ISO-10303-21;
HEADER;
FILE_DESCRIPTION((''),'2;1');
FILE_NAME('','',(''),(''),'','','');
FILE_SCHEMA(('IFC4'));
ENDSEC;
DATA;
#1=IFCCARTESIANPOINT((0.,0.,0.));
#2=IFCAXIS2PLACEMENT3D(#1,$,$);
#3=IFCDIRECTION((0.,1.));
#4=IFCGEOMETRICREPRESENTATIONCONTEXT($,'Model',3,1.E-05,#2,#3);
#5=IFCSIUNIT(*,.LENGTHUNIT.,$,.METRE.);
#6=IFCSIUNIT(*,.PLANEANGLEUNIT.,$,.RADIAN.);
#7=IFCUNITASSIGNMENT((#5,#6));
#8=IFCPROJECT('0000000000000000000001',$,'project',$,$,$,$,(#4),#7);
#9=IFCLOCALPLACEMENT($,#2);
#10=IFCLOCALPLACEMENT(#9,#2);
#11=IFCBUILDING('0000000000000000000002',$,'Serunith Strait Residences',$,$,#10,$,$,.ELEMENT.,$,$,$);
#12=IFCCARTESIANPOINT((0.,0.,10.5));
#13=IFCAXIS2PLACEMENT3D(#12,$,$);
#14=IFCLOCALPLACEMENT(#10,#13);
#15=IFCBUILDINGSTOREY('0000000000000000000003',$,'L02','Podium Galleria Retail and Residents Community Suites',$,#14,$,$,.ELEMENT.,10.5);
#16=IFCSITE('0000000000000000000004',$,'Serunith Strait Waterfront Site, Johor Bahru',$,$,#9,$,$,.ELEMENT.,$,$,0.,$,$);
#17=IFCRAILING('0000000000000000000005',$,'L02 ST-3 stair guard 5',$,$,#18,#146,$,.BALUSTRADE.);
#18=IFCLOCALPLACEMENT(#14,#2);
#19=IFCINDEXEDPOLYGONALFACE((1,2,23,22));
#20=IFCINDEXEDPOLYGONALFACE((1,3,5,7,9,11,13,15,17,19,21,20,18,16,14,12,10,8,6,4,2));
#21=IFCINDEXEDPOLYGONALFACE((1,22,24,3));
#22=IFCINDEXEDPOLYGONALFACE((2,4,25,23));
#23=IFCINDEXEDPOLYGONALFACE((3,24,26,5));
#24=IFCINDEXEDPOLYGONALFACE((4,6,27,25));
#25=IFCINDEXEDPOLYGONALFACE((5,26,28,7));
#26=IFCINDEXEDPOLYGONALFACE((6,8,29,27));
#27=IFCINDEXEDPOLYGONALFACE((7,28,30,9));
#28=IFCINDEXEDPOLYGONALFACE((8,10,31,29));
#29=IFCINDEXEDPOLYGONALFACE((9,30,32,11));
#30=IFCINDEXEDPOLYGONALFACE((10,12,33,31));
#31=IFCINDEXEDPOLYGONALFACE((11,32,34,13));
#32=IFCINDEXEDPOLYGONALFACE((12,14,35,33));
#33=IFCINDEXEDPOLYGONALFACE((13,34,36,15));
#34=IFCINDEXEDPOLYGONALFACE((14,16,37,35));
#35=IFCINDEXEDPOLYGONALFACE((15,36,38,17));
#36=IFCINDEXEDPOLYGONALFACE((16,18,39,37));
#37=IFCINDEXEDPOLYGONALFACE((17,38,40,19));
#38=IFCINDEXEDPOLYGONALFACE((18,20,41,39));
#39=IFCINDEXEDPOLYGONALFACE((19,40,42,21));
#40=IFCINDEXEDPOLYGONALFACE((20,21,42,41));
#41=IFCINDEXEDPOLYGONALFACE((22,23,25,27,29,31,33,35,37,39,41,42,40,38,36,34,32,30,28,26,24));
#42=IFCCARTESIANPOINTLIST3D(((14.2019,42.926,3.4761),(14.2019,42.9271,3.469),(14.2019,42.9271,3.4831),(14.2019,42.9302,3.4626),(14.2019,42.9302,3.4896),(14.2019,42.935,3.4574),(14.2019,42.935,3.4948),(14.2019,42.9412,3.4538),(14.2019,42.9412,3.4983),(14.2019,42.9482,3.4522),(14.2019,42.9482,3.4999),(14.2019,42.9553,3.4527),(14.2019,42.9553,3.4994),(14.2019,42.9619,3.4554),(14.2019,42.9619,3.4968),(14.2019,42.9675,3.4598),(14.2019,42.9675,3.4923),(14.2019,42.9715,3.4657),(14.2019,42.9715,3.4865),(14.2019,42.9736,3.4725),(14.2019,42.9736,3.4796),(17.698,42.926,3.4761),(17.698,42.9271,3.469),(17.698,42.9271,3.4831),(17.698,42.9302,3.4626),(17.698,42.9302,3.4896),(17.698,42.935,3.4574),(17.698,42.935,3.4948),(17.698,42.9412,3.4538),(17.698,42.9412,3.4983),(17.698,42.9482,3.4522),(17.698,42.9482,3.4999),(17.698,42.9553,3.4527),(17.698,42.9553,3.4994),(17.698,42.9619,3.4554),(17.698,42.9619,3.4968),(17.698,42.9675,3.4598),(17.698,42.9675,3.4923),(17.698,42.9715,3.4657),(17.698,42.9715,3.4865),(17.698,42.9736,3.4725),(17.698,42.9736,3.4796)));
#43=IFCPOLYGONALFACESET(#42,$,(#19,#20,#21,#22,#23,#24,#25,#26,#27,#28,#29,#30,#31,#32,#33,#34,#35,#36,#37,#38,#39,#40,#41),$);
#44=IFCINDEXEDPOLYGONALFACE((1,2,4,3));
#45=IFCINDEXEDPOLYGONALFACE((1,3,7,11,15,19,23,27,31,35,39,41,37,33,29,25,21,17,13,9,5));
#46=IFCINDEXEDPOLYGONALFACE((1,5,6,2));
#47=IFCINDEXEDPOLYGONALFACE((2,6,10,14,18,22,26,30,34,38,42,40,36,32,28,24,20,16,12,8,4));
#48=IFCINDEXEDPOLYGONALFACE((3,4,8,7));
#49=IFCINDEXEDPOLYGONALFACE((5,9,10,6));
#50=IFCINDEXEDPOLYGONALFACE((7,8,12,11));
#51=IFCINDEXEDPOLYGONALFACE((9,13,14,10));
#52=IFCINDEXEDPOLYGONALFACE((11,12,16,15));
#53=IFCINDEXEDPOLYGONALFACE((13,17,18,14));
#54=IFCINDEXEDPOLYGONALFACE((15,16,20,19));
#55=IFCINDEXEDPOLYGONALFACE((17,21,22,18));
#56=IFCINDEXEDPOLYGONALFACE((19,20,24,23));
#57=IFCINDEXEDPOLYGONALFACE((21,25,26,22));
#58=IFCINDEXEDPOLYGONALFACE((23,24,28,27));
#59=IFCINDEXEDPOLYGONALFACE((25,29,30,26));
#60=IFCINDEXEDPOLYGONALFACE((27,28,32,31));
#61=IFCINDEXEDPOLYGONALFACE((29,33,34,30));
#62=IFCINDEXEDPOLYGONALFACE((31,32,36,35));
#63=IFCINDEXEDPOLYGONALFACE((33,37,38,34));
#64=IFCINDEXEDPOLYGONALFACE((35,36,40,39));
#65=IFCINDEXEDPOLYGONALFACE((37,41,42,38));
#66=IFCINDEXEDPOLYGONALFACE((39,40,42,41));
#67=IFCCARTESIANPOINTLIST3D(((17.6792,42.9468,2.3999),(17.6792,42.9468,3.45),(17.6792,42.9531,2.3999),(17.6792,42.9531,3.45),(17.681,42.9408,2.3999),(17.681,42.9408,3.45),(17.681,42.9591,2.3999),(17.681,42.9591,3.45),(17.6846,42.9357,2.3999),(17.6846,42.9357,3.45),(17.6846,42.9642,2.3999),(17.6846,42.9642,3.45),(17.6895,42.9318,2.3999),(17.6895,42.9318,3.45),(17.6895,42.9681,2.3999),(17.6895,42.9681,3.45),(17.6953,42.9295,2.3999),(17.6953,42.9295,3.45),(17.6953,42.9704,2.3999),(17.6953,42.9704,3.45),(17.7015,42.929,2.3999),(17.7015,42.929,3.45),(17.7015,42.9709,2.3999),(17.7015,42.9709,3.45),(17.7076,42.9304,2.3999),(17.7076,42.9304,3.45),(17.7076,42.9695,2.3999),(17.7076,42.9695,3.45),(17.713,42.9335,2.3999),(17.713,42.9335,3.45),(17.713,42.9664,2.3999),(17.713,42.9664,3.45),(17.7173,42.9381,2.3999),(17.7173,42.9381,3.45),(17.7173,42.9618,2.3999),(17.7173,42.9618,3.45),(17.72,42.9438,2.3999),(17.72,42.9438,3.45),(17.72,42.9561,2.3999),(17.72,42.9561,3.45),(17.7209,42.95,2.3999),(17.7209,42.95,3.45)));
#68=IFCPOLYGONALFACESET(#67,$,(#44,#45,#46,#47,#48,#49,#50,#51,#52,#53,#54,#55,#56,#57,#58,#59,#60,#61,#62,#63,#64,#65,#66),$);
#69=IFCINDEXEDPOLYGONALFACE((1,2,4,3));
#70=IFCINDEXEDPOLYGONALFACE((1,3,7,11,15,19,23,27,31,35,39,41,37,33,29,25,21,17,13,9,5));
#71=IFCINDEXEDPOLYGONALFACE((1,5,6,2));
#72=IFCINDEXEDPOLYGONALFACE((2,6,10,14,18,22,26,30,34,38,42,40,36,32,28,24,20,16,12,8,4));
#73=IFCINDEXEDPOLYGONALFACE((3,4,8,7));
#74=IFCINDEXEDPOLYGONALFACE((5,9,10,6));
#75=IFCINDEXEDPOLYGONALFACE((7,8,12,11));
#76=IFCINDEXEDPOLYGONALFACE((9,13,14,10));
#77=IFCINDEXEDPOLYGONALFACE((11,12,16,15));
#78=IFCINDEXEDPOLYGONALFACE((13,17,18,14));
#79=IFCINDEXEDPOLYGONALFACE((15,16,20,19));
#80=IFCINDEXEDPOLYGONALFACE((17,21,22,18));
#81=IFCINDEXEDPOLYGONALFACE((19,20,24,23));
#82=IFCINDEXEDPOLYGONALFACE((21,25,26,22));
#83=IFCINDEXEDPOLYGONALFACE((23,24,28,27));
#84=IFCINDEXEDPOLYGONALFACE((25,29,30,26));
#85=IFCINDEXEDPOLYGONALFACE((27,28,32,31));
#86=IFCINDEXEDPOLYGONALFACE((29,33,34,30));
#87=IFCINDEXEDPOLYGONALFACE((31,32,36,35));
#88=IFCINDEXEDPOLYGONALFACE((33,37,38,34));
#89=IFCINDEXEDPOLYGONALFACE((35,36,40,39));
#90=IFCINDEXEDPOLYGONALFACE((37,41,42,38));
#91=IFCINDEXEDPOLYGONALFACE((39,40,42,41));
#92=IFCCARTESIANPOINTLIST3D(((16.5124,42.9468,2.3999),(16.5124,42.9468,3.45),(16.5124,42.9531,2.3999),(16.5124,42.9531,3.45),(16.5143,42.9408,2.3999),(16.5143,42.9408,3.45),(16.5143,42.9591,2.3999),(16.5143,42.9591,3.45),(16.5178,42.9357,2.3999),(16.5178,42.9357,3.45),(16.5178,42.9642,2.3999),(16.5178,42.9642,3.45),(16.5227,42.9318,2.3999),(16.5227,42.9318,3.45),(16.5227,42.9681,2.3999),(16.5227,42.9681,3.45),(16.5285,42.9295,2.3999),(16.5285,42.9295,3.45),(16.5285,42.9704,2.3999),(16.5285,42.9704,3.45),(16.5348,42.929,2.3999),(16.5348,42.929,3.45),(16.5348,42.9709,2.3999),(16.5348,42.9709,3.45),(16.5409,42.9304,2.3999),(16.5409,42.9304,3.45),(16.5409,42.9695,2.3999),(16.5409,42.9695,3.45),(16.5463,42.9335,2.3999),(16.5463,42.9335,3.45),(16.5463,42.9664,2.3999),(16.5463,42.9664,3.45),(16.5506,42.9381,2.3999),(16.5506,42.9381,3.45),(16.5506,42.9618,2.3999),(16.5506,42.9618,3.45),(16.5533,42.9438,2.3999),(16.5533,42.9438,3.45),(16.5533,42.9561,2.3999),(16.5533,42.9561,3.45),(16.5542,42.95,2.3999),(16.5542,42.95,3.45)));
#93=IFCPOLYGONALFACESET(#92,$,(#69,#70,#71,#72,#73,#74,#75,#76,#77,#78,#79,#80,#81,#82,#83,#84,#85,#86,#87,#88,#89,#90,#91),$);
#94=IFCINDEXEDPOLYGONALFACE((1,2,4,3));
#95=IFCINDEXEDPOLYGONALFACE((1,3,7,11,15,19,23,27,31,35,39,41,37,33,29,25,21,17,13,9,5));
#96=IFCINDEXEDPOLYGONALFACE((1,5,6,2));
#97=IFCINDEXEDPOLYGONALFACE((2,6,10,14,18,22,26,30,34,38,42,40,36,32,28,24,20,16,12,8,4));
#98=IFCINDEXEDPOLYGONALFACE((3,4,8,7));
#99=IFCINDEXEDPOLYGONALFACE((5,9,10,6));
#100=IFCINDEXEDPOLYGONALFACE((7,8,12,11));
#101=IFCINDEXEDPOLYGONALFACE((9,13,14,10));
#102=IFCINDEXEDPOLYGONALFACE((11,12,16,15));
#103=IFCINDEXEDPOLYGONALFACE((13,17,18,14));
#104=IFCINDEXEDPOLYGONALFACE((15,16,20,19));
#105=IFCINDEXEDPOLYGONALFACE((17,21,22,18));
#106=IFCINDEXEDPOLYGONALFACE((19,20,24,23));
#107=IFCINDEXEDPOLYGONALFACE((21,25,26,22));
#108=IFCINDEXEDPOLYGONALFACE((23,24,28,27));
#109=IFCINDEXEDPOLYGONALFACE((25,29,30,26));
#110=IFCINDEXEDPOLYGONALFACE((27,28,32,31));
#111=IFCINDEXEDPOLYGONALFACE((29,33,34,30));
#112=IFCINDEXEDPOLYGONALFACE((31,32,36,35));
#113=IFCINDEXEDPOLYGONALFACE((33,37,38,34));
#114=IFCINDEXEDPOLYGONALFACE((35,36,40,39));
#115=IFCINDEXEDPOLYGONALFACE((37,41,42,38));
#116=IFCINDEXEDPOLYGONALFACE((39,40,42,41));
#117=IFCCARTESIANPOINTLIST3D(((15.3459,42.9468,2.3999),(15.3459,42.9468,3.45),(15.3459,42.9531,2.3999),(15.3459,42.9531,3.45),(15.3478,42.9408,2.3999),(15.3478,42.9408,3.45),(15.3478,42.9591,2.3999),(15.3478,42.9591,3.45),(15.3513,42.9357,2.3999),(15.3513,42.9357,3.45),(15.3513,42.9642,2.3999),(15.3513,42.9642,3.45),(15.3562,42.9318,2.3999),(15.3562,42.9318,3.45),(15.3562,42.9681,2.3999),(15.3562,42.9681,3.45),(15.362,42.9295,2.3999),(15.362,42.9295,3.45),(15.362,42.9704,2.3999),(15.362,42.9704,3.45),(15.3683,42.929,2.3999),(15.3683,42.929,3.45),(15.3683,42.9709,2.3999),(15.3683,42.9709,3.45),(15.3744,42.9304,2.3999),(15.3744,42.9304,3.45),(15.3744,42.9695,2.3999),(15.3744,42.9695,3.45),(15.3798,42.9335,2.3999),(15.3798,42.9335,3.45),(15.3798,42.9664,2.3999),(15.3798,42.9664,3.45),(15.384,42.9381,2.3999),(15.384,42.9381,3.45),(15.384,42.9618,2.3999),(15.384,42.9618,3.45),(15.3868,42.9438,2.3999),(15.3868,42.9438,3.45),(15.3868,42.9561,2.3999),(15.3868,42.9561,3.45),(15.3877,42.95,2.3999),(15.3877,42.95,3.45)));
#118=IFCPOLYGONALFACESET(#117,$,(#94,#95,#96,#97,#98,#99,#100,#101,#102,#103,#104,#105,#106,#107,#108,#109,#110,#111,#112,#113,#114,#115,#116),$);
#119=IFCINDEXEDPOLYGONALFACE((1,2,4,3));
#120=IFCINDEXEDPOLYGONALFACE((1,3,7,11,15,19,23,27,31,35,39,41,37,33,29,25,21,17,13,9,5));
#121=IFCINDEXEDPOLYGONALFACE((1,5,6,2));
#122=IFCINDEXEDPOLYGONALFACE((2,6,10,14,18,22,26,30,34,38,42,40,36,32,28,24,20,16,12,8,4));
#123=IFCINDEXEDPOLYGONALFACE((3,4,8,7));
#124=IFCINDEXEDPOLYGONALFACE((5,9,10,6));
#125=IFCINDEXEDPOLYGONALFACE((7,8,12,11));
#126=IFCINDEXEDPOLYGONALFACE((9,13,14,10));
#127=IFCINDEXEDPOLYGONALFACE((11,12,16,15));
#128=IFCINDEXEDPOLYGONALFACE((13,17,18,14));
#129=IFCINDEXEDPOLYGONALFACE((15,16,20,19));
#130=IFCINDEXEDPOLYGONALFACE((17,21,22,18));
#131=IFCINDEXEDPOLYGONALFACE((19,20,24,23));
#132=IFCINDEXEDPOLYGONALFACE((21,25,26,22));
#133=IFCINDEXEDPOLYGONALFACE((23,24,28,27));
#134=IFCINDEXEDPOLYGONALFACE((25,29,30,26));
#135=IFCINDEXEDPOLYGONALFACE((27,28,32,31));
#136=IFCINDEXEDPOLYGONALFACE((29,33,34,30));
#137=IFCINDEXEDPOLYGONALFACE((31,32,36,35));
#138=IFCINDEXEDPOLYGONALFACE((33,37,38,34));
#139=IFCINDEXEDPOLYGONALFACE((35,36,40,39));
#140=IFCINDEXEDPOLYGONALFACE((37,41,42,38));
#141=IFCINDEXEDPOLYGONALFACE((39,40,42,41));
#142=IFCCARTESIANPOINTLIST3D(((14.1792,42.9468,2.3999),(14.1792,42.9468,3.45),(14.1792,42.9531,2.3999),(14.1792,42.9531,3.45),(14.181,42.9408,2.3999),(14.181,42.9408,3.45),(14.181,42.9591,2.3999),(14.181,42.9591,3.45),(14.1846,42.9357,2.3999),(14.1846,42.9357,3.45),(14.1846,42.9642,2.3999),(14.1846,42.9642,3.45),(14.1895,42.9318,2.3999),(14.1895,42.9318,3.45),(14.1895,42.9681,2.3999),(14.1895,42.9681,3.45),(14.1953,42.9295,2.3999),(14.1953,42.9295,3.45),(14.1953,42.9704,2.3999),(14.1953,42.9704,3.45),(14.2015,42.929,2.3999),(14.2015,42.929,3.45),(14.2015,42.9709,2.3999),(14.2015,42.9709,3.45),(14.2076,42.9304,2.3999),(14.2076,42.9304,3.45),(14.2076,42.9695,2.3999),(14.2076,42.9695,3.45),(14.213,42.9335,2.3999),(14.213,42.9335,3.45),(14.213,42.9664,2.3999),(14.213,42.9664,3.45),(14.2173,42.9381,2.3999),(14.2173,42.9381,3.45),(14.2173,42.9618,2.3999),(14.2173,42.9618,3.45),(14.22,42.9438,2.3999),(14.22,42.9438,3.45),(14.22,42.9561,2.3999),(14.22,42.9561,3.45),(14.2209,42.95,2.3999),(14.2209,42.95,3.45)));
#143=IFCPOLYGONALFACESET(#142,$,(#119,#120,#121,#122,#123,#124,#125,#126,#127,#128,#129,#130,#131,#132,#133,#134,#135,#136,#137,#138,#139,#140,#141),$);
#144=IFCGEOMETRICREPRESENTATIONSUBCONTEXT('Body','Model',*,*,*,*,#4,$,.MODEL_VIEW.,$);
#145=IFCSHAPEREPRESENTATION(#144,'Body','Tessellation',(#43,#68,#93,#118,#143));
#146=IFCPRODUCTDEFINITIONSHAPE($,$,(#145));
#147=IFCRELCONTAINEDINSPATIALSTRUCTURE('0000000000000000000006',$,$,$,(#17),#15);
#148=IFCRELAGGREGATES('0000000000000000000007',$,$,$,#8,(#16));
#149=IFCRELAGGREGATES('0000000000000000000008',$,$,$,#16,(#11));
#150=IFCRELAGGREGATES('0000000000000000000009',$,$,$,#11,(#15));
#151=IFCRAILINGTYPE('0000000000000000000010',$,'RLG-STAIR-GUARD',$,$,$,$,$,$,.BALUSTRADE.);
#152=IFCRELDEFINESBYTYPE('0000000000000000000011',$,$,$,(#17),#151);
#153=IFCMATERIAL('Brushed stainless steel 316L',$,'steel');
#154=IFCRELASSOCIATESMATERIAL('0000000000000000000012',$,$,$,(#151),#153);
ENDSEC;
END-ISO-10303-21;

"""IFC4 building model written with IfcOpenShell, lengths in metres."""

from ifc_helpers import new_model, si_unit, direction, frame, origin, origin_2d, place, context, subcontext, project, spatial, circle, extrude, material, type_object, element, save


model = new_model("IFC4")

# Units and contexts
model_context = context("Model", 3, precision=1e-05, world=origin(), true_north=direction((0.0, 1.0)))
body_context = subcontext(model_context, "Body", "Model", "MODEL_VIEW")
ifc_project = project(units=[si_unit("LENGTHUNIT", "METRE"), si_unit("PLANEANGLEUNIT", "RADIAN")], contexts=[model_context])

# Site, building, storey
site_placement = place(None, origin())
site = spatial("IfcSite", under=ifc_project, at=site_placement, Name="Serunith Strait Waterfront Site, Johor Bahru", CompositionType="ELEMENT", RefElevation=0.0)
building_placement = place(site_placement, origin())
building = spatial("IfcBuilding", under=site, at=building_placement, Name="Serunith Strait Residences", CompositionType="ELEMENT")
storey_placement = place(building_placement, frame((0.0, 0.0, 10.5)))
storey = spatial("IfcBuildingStorey", under=building, at=storey_placement, Name="L02", Description="Podium Galleria Retail and Residents Community Suites", CompositionType="ELEMENT", Elevation=10.5)

# Railing
ifc_material_1 = material(Name="Brushed stainless steel 316L", Category="steel")
railing_type_1 = type_object("IfcRailingType", Name="RLG-STAIR-GUARD", PredefinedType="BALUSTRADE", material=ifc_material_1)
railing_1_placement = place(storey_placement, frame((17.7, 42.95, 2.3999)))
element("IfcRailing", 1, at=railing_1_placement, inside=storey, type_object=railing_type_1, Name="L02 ST-3 stair guard 5", PredefinedType="BALUSTRADE", context=body_context, shape_type="SweptSolid", body=[
    extrude(circle(Radius=0.0239, at=origin_2d()), frame((-0.002, 0.0, 1.0762), z_axis=(-1.0, 0.0, 0.0), x_axis=(0.0, -1.0, 0.0)), (0.0, 0.0, 1.0), 3.4961),
    extrude(circle(Radius=0.021, at=origin_2d()), origin(), (0.0, 0.0, 1.0), 1.05),
    extrude(circle(Radius=0.021, at=origin_2d()), frame((-1.1667, 0.0, 0.0)), (0.0, 0.0, 1.0), 1.05),
    extrude(circle(Radius=0.021, at=origin_2d()), frame((-2.3333, 0.0, 0.0)), (0.0, 0.0, 1.0), 1.05),
    extrude(circle(Radius=0.021, at=origin_2d()), frame((-3.5, 0.0, 0.0)), (0.0, 0.0, 1.0), 1.05),
])

save(model, "model.ifc")
